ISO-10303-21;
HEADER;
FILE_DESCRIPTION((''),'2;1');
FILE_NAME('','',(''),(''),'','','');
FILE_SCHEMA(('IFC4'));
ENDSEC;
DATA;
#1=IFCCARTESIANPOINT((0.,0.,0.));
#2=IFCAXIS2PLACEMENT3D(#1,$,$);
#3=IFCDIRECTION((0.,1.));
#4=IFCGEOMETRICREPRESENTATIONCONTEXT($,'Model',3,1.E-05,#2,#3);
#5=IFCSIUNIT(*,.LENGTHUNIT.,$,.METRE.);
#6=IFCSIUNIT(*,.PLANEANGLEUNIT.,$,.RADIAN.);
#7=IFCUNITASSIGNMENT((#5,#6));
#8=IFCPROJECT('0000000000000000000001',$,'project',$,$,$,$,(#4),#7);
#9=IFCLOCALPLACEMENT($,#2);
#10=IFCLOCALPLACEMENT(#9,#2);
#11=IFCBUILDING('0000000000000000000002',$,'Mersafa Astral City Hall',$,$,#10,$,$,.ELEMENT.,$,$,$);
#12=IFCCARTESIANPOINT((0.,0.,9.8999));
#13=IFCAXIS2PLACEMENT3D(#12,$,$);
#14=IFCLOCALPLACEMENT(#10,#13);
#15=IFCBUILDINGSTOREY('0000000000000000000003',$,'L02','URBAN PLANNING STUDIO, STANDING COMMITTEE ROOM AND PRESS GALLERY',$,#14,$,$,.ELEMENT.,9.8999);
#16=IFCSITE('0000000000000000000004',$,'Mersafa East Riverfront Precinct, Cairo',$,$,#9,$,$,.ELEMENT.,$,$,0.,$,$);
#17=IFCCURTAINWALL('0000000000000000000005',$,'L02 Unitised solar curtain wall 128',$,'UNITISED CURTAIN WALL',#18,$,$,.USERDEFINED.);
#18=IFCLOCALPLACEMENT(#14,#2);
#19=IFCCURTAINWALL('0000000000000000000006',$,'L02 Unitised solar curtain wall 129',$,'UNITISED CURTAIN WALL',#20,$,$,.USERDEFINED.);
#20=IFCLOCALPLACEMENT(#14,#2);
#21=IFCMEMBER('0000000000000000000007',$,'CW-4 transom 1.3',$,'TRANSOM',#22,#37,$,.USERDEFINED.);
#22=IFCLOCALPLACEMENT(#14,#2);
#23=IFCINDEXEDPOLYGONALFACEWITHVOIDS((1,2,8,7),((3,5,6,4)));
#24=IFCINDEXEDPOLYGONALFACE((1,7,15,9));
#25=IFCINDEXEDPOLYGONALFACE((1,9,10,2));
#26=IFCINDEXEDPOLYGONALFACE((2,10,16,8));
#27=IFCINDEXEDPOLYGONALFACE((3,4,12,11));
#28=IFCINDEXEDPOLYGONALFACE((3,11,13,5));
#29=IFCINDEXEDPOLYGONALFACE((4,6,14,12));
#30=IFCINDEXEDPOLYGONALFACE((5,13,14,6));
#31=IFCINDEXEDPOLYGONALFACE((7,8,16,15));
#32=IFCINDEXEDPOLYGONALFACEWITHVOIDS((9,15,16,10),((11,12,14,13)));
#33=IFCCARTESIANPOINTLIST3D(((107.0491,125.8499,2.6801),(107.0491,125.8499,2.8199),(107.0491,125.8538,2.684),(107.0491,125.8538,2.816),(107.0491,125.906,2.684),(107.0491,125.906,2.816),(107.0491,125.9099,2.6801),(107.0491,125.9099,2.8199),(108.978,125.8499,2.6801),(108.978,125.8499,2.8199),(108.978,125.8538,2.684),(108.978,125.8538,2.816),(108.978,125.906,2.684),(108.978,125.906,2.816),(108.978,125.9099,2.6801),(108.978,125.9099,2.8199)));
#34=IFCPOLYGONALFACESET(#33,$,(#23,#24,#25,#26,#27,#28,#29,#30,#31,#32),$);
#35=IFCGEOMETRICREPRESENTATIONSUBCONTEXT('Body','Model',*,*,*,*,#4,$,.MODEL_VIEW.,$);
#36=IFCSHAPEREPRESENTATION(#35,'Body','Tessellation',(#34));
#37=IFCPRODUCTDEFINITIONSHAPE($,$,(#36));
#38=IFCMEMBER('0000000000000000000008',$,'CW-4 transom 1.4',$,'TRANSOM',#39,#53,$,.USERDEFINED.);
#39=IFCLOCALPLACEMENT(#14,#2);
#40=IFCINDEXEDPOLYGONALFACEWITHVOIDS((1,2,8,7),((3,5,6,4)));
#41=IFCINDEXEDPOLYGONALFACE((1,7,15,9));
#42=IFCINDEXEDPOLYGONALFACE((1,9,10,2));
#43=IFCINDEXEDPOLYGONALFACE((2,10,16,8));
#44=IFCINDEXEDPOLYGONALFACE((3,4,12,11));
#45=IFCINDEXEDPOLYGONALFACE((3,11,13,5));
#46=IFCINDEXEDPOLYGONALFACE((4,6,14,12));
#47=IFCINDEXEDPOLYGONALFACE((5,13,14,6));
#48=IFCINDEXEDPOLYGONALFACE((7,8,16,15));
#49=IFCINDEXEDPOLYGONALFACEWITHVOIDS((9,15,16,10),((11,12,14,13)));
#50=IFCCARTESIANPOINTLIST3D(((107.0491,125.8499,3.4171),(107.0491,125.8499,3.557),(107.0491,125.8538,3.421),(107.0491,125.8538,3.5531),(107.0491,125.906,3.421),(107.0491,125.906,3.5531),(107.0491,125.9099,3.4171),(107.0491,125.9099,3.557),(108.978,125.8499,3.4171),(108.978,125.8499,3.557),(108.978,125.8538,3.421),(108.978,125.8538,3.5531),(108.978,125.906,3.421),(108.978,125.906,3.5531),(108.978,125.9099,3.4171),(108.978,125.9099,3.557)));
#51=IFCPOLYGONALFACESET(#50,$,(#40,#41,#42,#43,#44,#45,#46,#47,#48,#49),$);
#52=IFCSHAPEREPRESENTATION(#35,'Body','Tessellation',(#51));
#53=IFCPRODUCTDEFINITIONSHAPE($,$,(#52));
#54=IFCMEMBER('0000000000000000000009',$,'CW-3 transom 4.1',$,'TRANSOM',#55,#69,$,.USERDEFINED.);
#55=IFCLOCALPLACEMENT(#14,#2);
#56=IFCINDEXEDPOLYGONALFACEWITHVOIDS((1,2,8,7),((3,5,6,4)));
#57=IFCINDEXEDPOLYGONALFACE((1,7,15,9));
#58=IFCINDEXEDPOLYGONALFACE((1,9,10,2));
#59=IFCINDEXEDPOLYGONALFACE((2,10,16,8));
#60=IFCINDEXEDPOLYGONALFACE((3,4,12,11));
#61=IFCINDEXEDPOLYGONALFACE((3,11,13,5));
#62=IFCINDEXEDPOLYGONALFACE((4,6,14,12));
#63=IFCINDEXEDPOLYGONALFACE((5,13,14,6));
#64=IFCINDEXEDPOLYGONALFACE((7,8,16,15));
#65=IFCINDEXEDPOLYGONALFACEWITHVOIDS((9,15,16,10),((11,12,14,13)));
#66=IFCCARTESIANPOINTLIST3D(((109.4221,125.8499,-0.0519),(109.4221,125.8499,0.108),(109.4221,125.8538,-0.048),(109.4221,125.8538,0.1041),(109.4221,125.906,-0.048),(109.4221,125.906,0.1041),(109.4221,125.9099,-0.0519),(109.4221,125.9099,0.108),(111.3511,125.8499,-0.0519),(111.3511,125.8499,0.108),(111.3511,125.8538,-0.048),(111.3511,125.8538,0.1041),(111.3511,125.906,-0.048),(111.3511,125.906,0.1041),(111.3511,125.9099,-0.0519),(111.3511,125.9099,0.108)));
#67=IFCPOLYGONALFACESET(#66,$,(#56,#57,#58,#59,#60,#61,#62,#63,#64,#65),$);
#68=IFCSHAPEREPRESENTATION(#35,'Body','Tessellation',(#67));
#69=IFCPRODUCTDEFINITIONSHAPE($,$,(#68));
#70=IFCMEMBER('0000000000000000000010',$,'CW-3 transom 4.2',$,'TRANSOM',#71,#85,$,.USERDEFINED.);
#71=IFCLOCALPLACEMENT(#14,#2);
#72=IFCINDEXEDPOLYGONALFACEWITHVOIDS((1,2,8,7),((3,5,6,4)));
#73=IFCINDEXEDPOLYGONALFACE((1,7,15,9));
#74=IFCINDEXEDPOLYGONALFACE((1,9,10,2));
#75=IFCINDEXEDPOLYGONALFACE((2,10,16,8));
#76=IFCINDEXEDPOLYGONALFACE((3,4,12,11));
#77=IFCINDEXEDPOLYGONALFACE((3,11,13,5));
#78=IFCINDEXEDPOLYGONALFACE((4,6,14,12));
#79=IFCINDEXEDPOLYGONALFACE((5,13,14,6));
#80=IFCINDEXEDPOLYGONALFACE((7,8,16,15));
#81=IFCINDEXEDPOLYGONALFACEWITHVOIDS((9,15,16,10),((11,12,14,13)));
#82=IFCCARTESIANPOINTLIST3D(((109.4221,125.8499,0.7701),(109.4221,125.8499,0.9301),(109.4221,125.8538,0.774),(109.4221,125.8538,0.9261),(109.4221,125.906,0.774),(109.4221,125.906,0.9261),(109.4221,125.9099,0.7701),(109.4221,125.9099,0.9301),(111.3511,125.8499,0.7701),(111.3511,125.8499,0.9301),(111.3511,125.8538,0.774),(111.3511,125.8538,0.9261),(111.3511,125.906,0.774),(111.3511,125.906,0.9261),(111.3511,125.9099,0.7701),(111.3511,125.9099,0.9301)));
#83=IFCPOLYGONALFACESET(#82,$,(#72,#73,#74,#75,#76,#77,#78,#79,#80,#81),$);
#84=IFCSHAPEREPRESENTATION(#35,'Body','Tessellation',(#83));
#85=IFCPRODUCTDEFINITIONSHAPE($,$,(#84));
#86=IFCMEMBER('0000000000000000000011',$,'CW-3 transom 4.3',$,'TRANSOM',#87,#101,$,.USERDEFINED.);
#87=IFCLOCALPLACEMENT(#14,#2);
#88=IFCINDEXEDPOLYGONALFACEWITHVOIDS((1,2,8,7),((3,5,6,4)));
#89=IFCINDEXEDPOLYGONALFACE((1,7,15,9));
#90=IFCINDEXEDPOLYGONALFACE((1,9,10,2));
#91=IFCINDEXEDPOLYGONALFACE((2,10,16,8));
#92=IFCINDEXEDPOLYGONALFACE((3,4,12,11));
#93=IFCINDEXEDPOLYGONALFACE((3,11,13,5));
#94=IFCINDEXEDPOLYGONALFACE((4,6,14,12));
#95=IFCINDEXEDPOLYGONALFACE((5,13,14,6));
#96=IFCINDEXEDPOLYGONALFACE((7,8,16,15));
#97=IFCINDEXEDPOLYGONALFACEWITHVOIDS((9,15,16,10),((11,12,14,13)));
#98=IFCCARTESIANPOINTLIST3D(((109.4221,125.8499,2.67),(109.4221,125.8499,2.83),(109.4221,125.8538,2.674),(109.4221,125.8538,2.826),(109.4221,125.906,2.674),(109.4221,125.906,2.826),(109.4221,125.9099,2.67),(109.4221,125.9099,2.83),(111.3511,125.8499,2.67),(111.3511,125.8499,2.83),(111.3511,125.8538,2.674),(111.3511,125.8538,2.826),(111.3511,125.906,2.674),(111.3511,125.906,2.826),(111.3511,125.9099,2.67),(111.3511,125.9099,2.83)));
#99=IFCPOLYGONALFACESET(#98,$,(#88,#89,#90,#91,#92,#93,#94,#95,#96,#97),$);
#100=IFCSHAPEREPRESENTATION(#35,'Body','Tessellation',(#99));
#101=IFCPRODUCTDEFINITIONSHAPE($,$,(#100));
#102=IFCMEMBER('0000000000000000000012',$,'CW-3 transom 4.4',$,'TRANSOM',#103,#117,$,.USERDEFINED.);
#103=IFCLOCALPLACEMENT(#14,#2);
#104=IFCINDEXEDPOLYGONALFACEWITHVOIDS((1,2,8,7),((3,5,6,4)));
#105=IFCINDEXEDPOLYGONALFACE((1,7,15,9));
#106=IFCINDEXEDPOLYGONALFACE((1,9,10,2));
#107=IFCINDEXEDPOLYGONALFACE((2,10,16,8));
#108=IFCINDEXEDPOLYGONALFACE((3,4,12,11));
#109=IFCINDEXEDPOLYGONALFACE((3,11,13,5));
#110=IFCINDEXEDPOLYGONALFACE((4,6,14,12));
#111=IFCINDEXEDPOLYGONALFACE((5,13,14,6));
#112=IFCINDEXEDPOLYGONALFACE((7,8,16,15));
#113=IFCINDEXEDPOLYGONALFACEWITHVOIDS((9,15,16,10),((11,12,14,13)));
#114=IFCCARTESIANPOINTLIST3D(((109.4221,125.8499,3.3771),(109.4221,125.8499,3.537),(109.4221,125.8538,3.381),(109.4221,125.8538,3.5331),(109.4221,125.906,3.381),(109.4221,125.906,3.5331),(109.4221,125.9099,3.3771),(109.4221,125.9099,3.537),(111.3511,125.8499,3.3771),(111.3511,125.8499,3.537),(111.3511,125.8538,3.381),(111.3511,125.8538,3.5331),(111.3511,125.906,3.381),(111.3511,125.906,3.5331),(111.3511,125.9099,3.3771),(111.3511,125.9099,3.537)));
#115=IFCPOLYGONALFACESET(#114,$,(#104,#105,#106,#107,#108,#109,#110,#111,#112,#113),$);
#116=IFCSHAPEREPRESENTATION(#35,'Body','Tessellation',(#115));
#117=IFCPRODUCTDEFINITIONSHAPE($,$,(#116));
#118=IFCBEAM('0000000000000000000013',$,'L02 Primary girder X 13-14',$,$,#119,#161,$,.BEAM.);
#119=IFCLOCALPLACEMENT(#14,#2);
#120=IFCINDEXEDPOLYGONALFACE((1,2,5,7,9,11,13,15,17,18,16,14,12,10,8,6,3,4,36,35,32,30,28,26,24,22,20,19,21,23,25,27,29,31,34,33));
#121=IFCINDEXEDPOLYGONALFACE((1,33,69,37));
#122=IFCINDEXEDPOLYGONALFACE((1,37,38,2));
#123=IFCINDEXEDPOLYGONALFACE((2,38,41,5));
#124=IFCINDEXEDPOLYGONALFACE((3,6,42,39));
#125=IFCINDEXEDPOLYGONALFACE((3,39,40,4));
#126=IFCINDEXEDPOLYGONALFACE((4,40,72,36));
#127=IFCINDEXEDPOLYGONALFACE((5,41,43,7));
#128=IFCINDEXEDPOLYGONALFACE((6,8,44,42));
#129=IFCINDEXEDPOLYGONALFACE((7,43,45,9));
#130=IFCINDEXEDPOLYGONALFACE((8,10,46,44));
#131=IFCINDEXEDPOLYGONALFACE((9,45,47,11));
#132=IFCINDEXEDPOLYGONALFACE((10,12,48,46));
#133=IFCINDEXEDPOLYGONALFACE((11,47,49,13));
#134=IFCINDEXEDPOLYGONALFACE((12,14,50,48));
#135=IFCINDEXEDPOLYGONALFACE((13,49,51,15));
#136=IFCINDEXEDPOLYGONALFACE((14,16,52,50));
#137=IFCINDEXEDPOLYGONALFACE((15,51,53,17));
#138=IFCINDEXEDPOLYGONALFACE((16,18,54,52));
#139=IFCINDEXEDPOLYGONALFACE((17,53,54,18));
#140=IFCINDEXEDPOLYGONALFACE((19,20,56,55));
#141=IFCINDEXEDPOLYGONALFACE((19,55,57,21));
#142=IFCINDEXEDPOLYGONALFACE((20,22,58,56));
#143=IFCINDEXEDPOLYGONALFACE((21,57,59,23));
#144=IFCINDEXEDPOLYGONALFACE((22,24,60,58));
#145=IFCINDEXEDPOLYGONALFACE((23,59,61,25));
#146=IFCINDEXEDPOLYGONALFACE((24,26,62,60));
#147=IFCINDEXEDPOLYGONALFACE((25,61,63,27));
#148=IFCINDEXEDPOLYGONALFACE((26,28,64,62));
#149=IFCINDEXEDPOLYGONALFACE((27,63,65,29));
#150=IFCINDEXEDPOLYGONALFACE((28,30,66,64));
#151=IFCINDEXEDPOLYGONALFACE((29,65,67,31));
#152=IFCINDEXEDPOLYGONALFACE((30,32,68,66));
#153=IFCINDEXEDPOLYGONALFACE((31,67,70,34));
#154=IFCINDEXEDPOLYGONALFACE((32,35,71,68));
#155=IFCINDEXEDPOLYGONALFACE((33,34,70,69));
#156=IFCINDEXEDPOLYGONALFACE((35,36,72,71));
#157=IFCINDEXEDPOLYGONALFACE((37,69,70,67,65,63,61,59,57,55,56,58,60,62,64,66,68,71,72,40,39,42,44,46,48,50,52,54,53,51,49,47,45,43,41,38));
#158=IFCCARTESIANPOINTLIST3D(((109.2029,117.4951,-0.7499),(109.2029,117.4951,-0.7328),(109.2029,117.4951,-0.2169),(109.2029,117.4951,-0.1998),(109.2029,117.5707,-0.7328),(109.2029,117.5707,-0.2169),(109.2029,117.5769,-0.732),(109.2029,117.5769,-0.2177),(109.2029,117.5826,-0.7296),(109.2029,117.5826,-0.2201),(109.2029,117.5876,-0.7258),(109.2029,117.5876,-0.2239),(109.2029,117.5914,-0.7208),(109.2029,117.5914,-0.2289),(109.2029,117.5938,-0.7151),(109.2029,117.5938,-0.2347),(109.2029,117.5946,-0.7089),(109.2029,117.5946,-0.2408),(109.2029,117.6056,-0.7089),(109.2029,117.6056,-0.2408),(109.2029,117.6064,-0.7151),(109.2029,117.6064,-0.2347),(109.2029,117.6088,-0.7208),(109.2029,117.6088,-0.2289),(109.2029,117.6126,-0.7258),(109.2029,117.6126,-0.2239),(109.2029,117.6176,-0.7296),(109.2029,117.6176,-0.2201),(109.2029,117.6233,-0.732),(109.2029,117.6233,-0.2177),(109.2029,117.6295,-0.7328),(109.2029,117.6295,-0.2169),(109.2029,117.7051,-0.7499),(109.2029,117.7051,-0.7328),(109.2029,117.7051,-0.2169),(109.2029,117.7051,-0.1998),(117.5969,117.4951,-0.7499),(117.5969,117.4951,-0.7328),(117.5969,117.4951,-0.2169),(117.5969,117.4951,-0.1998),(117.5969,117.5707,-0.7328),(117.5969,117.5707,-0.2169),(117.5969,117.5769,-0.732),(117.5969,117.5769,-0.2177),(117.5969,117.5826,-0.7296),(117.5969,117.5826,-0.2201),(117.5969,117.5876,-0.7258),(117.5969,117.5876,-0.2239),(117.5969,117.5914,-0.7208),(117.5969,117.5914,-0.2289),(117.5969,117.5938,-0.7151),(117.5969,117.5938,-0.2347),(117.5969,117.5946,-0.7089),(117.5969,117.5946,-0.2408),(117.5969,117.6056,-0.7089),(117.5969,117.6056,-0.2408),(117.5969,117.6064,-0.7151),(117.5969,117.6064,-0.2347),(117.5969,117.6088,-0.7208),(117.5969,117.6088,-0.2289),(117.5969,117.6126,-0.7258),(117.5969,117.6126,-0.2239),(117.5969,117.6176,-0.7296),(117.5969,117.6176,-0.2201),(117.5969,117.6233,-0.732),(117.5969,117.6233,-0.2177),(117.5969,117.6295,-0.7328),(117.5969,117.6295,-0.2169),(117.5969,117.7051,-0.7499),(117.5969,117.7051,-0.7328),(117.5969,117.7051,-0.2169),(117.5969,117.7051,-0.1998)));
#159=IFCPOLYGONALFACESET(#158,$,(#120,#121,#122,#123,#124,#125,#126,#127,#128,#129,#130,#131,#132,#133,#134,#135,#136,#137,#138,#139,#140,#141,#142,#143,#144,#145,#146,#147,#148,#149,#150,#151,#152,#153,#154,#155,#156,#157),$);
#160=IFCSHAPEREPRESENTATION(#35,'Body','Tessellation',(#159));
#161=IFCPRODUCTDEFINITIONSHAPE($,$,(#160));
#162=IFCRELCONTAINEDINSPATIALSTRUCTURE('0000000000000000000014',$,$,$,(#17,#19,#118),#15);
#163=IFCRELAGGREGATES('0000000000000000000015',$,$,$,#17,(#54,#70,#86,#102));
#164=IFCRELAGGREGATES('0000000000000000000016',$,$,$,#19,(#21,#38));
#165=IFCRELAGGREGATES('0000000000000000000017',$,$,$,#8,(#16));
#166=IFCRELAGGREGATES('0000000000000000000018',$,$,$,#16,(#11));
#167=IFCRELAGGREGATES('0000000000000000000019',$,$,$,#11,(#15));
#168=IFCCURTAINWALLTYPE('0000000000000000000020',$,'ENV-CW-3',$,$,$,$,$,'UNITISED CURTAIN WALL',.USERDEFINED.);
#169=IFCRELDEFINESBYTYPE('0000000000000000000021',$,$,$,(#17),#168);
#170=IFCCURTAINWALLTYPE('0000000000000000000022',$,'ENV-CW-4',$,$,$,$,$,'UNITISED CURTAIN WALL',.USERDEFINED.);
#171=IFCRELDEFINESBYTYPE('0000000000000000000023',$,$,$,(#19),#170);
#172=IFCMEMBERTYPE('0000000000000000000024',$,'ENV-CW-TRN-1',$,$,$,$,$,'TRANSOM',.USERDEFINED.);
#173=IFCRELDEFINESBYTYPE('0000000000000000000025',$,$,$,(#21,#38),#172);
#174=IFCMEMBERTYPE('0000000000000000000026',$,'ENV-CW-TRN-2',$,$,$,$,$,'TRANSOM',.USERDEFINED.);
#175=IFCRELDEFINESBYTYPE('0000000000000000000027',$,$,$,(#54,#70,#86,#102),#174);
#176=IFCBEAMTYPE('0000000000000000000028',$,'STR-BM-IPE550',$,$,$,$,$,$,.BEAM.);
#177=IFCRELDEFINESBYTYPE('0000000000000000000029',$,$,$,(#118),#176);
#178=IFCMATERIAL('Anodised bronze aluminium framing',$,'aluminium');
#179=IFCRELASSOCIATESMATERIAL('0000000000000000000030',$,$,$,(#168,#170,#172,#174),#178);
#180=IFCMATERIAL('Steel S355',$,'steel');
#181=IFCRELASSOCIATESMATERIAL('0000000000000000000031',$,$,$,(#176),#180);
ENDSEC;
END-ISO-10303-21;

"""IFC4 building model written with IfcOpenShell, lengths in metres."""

from ifc_helpers import new_model, si_unit, direction, frame, origin, origin_2d, place, context, subcontext, project, spatial, hollow_rectangle, i_section, extrude, material, material_profile, profile_set, type_object, element, aggregate, save


model = new_model("IFC4")

# Units and contexts
model_context = context("Model", 3, precision=1e-05, world=origin(), true_north=direction((0.0, 1.0)))
body_context = subcontext(model_context, "Body", "Model", "MODEL_VIEW")
ifc_project = project(units=[si_unit("LENGTHUNIT", "METRE"), si_unit("PLANEANGLEUNIT", "RADIAN")], contexts=[model_context])

# Site, building, storey
site_placement = place(None, origin())
site = spatial("IfcSite", under=ifc_project, at=site_placement, Name="Mersafa East Riverfront Precinct, Cairo", CompositionType="ELEMENT", RefElevation=0.0)
building_placement = place(site_placement, origin())
building = spatial("IfcBuilding", under=site, at=building_placement, Name="Mersafa Astral City Hall", CompositionType="ELEMENT")
storey_placement = place(building_placement, frame((0.0, 0.0, 9.8999)))
storey = spatial("IfcBuildingStorey", under=building, at=storey_placement, Name="L02", Description="URBAN PLANNING STUDIO, STANDING COMMITTEE ROOM AND PRESS GALLERY", CompositionType="ELEMENT", Elevation=9.8999)

# Shared definitions
ifc_material_1 = material(Name="Steel S355", Category="steel")

# Curtain walls, members
ifc_material_2 = material(Name="Anodised bronze aluminium framing", Category="aluminium")
curtain_wall_type_1 = type_object("IfcCurtainWallType", Name="ENV-CW-3", ElementType="UNITISED CURTAIN WALL", PredefinedType="USERDEFINED", material=ifc_material_2)
curtain_wall_1_placement = place(storey_placement, origin())
curtain_wall_1 = element("IfcCurtainWall", 1, at=curtain_wall_1_placement, inside=storey, type_object=curtain_wall_type_1, Name="L02 Unitised solar curtain wall 128", ObjectType="UNITISED CURTAIN WALL", PredefinedType="USERDEFINED")
curtain_wall_type_2 = type_object("IfcCurtainWallType", Name="ENV-CW-4", ElementType="UNITISED CURTAIN WALL", PredefinedType="USERDEFINED", material=ifc_material_2)
curtain_wall_2_placement = place(storey_placement, origin())
curtain_wall_2 = element("IfcCurtainWall", 2, at=curtain_wall_2_placement, inside=storey, type_object=curtain_wall_type_2, Name="L02 Unitised solar curtain wall 129", ObjectType="UNITISED CURTAIN WALL", PredefinedType="USERDEFINED")
ifc_material_profile_1 = material_profile(ifc_material_2, hollow_rectangle(XDim=0.0601, YDim=0.1399, WallThickness=0.0039, at=origin_2d()), Name="RHS 60x140x4")
ifc_profile_set_1 = profile_set([ifc_material_profile_1], Name="Anodised bronze aluminium framing")
member_type_1 = type_object("IfcMemberType", Name="ENV-CW-TRN-1", ElementType="TRANSOM", PredefinedType="USERDEFINED", material=ifc_profile_set_1)
member_1_placement = place(storey_placement, frame((108.978, 125.8799, 2.75), z_axis=(-1.0, 0.0, 0.0), x_axis=(0.0, -1.0, 0.0)))
member_1 = element("IfcMember", 3, at=member_1_placement, type_object=member_type_1, Name="CW-4 transom 1.3", ObjectType="TRANSOM", PredefinedType="USERDEFINED", context=body_context, shape_type="SweptSolid", body=[
    extrude(hollow_rectangle(XDim=0.0601, YDim=0.1399, WallThickness=0.0039, at=origin_2d()), origin(), (0.0, 0.0, 1.0), 1.929),
])
member_2_placement = place(storey_placement, frame((108.978, 125.8799, 3.4871), z_axis=(-1.0, 0.0, 0.0), x_axis=(0.0, -1.0, 0.0)))
member_2 = element("IfcMember", 4, at=member_2_placement, type_object=member_type_1, Name="CW-4 transom 1.4", ObjectType="TRANSOM", PredefinedType="USERDEFINED", context=body_context, shape_type="SweptSolid", body=[
    extrude(hollow_rectangle(XDim=0.0601, YDim=0.1399, WallThickness=0.0039, at=origin_2d()), origin(), (0.0, 0.0, 1.0), 1.929),
])

# Members
ifc_material_profile_2 = material_profile(ifc_material_2, hollow_rectangle(XDim=0.0601, YDim=0.1599, WallThickness=0.0039, at=origin_2d()), Name="RHS 60x160x4")
ifc_profile_set_2 = profile_set([ifc_material_profile_2], Name="Anodised bronze aluminium framing")
member_type_2 = type_object("IfcMemberType", Name="ENV-CW-TRN-2", ElementType="TRANSOM", PredefinedType="USERDEFINED", material=ifc_profile_set_2)
member_3_placement = place(storey_placement, frame((111.3511, 125.8799, 0.0281), z_axis=(-1.0, 0.0, 0.0), x_axis=(0.0, -1.0, 0.0)))
member_3 = element("IfcMember", 5, at=member_3_placement, type_object=member_type_2, Name="CW-3 transom 4.1", ObjectType="TRANSOM", PredefinedType="USERDEFINED", context=body_context, shape_type="SweptSolid", body=[
    extrude(hollow_rectangle(XDim=0.0601, YDim=0.1599, WallThickness=0.0039, at=origin_2d()), origin(), (0.0, 0.0, 1.0), 1.929),
])
member_4_placement = place(storey_placement, frame((111.3511, 125.8799, 0.8501), z_axis=(-1.0, 0.0, 0.0), x_axis=(0.0, -1.0, 0.0)))
member_4 = element("IfcMember", 6, at=member_4_placement, type_object=member_type_2, Name="CW-3 transom 4.2", ObjectType="TRANSOM", PredefinedType="USERDEFINED", context=body_context, shape_type="SweptSolid", body=[
    extrude(hollow_rectangle(XDim=0.0601, YDim=0.1599, WallThickness=0.0039, at=origin_2d()), origin(), (0.0, 0.0, 1.0), 1.929),
])
member_5_placement = place(storey_placement, frame((111.3511, 125.8799, 2.75), z_axis=(-1.0, 0.0, 0.0), x_axis=(0.0, -1.0, 0.0)))
member_5 = element("IfcMember", 7, at=member_5_placement, type_object=member_type_2, Name="CW-3 transom 4.3", ObjectType="TRANSOM", PredefinedType="USERDEFINED", context=body_context, shape_type="SweptSolid", body=[
    extrude(hollow_rectangle(XDim=0.0601, YDim=0.1599, WallThickness=0.0039, at=origin_2d()), origin(), (0.0, 0.0, 1.0), 1.929),
])
member_6_placement = place(storey_placement, frame((111.3511, 125.8799, 3.457), z_axis=(-1.0, 0.0, 0.0), x_axis=(0.0, -1.0, 0.0)))
member_6 = element("IfcMember", 8, at=member_6_placement, type_object=member_type_2, Name="CW-3 transom 4.4", ObjectType="TRANSOM", PredefinedType="USERDEFINED", context=body_context, shape_type="SweptSolid", body=[
    extrude(hollow_rectangle(XDim=0.0601, YDim=0.1599, WallThickness=0.0039, at=origin_2d()), origin(), (0.0, 0.0, 1.0), 1.929),
])

# Beam
ifc_material_profile_3 = material_profile(ifc_material_1, i_section(OverallWidth=0.21, OverallDepth=0.55, WebThickness=0.011, FlangeThickness=0.0171, FilletRadius=0.0239, at=origin_2d()), Name="IPE 550")
ifc_profile_set_3 = profile_set([ifc_material_profile_3], Name="Steel S355")
beam_type_1 = type_object("IfcBeamType", Name="STR-BM-IPE550", PredefinedType="BEAM", material=ifc_profile_set_3)
beam_1_placement = place(storey_placement, frame((109.2029, 117.6001, -0.4749), z_axis=(1.0, 0.0, 0.0), x_axis=(0.0, 1.0, 0.0)))
element("IfcBeam", 9, at=beam_1_placement, inside=storey, type_object=beam_type_1, Name="L02 Primary girder X 13-14", PredefinedType="BEAM", context=body_context, shape_type="SweptSolid", body=[
    extrude(i_section(OverallWidth=0.21, OverallDepth=0.55, WebThickness=0.011, FlangeThickness=0.0171, FilletRadius=0.0239, at=origin_2d()), origin(), (0.0, 0.0, 1.0), 8.394),
])

aggregate(curtain_wall_1, [member_3, member_4, member_5, member_6])
aggregate(curtain_wall_2, [member_1, member_2])

save(model, "model.ifc")
